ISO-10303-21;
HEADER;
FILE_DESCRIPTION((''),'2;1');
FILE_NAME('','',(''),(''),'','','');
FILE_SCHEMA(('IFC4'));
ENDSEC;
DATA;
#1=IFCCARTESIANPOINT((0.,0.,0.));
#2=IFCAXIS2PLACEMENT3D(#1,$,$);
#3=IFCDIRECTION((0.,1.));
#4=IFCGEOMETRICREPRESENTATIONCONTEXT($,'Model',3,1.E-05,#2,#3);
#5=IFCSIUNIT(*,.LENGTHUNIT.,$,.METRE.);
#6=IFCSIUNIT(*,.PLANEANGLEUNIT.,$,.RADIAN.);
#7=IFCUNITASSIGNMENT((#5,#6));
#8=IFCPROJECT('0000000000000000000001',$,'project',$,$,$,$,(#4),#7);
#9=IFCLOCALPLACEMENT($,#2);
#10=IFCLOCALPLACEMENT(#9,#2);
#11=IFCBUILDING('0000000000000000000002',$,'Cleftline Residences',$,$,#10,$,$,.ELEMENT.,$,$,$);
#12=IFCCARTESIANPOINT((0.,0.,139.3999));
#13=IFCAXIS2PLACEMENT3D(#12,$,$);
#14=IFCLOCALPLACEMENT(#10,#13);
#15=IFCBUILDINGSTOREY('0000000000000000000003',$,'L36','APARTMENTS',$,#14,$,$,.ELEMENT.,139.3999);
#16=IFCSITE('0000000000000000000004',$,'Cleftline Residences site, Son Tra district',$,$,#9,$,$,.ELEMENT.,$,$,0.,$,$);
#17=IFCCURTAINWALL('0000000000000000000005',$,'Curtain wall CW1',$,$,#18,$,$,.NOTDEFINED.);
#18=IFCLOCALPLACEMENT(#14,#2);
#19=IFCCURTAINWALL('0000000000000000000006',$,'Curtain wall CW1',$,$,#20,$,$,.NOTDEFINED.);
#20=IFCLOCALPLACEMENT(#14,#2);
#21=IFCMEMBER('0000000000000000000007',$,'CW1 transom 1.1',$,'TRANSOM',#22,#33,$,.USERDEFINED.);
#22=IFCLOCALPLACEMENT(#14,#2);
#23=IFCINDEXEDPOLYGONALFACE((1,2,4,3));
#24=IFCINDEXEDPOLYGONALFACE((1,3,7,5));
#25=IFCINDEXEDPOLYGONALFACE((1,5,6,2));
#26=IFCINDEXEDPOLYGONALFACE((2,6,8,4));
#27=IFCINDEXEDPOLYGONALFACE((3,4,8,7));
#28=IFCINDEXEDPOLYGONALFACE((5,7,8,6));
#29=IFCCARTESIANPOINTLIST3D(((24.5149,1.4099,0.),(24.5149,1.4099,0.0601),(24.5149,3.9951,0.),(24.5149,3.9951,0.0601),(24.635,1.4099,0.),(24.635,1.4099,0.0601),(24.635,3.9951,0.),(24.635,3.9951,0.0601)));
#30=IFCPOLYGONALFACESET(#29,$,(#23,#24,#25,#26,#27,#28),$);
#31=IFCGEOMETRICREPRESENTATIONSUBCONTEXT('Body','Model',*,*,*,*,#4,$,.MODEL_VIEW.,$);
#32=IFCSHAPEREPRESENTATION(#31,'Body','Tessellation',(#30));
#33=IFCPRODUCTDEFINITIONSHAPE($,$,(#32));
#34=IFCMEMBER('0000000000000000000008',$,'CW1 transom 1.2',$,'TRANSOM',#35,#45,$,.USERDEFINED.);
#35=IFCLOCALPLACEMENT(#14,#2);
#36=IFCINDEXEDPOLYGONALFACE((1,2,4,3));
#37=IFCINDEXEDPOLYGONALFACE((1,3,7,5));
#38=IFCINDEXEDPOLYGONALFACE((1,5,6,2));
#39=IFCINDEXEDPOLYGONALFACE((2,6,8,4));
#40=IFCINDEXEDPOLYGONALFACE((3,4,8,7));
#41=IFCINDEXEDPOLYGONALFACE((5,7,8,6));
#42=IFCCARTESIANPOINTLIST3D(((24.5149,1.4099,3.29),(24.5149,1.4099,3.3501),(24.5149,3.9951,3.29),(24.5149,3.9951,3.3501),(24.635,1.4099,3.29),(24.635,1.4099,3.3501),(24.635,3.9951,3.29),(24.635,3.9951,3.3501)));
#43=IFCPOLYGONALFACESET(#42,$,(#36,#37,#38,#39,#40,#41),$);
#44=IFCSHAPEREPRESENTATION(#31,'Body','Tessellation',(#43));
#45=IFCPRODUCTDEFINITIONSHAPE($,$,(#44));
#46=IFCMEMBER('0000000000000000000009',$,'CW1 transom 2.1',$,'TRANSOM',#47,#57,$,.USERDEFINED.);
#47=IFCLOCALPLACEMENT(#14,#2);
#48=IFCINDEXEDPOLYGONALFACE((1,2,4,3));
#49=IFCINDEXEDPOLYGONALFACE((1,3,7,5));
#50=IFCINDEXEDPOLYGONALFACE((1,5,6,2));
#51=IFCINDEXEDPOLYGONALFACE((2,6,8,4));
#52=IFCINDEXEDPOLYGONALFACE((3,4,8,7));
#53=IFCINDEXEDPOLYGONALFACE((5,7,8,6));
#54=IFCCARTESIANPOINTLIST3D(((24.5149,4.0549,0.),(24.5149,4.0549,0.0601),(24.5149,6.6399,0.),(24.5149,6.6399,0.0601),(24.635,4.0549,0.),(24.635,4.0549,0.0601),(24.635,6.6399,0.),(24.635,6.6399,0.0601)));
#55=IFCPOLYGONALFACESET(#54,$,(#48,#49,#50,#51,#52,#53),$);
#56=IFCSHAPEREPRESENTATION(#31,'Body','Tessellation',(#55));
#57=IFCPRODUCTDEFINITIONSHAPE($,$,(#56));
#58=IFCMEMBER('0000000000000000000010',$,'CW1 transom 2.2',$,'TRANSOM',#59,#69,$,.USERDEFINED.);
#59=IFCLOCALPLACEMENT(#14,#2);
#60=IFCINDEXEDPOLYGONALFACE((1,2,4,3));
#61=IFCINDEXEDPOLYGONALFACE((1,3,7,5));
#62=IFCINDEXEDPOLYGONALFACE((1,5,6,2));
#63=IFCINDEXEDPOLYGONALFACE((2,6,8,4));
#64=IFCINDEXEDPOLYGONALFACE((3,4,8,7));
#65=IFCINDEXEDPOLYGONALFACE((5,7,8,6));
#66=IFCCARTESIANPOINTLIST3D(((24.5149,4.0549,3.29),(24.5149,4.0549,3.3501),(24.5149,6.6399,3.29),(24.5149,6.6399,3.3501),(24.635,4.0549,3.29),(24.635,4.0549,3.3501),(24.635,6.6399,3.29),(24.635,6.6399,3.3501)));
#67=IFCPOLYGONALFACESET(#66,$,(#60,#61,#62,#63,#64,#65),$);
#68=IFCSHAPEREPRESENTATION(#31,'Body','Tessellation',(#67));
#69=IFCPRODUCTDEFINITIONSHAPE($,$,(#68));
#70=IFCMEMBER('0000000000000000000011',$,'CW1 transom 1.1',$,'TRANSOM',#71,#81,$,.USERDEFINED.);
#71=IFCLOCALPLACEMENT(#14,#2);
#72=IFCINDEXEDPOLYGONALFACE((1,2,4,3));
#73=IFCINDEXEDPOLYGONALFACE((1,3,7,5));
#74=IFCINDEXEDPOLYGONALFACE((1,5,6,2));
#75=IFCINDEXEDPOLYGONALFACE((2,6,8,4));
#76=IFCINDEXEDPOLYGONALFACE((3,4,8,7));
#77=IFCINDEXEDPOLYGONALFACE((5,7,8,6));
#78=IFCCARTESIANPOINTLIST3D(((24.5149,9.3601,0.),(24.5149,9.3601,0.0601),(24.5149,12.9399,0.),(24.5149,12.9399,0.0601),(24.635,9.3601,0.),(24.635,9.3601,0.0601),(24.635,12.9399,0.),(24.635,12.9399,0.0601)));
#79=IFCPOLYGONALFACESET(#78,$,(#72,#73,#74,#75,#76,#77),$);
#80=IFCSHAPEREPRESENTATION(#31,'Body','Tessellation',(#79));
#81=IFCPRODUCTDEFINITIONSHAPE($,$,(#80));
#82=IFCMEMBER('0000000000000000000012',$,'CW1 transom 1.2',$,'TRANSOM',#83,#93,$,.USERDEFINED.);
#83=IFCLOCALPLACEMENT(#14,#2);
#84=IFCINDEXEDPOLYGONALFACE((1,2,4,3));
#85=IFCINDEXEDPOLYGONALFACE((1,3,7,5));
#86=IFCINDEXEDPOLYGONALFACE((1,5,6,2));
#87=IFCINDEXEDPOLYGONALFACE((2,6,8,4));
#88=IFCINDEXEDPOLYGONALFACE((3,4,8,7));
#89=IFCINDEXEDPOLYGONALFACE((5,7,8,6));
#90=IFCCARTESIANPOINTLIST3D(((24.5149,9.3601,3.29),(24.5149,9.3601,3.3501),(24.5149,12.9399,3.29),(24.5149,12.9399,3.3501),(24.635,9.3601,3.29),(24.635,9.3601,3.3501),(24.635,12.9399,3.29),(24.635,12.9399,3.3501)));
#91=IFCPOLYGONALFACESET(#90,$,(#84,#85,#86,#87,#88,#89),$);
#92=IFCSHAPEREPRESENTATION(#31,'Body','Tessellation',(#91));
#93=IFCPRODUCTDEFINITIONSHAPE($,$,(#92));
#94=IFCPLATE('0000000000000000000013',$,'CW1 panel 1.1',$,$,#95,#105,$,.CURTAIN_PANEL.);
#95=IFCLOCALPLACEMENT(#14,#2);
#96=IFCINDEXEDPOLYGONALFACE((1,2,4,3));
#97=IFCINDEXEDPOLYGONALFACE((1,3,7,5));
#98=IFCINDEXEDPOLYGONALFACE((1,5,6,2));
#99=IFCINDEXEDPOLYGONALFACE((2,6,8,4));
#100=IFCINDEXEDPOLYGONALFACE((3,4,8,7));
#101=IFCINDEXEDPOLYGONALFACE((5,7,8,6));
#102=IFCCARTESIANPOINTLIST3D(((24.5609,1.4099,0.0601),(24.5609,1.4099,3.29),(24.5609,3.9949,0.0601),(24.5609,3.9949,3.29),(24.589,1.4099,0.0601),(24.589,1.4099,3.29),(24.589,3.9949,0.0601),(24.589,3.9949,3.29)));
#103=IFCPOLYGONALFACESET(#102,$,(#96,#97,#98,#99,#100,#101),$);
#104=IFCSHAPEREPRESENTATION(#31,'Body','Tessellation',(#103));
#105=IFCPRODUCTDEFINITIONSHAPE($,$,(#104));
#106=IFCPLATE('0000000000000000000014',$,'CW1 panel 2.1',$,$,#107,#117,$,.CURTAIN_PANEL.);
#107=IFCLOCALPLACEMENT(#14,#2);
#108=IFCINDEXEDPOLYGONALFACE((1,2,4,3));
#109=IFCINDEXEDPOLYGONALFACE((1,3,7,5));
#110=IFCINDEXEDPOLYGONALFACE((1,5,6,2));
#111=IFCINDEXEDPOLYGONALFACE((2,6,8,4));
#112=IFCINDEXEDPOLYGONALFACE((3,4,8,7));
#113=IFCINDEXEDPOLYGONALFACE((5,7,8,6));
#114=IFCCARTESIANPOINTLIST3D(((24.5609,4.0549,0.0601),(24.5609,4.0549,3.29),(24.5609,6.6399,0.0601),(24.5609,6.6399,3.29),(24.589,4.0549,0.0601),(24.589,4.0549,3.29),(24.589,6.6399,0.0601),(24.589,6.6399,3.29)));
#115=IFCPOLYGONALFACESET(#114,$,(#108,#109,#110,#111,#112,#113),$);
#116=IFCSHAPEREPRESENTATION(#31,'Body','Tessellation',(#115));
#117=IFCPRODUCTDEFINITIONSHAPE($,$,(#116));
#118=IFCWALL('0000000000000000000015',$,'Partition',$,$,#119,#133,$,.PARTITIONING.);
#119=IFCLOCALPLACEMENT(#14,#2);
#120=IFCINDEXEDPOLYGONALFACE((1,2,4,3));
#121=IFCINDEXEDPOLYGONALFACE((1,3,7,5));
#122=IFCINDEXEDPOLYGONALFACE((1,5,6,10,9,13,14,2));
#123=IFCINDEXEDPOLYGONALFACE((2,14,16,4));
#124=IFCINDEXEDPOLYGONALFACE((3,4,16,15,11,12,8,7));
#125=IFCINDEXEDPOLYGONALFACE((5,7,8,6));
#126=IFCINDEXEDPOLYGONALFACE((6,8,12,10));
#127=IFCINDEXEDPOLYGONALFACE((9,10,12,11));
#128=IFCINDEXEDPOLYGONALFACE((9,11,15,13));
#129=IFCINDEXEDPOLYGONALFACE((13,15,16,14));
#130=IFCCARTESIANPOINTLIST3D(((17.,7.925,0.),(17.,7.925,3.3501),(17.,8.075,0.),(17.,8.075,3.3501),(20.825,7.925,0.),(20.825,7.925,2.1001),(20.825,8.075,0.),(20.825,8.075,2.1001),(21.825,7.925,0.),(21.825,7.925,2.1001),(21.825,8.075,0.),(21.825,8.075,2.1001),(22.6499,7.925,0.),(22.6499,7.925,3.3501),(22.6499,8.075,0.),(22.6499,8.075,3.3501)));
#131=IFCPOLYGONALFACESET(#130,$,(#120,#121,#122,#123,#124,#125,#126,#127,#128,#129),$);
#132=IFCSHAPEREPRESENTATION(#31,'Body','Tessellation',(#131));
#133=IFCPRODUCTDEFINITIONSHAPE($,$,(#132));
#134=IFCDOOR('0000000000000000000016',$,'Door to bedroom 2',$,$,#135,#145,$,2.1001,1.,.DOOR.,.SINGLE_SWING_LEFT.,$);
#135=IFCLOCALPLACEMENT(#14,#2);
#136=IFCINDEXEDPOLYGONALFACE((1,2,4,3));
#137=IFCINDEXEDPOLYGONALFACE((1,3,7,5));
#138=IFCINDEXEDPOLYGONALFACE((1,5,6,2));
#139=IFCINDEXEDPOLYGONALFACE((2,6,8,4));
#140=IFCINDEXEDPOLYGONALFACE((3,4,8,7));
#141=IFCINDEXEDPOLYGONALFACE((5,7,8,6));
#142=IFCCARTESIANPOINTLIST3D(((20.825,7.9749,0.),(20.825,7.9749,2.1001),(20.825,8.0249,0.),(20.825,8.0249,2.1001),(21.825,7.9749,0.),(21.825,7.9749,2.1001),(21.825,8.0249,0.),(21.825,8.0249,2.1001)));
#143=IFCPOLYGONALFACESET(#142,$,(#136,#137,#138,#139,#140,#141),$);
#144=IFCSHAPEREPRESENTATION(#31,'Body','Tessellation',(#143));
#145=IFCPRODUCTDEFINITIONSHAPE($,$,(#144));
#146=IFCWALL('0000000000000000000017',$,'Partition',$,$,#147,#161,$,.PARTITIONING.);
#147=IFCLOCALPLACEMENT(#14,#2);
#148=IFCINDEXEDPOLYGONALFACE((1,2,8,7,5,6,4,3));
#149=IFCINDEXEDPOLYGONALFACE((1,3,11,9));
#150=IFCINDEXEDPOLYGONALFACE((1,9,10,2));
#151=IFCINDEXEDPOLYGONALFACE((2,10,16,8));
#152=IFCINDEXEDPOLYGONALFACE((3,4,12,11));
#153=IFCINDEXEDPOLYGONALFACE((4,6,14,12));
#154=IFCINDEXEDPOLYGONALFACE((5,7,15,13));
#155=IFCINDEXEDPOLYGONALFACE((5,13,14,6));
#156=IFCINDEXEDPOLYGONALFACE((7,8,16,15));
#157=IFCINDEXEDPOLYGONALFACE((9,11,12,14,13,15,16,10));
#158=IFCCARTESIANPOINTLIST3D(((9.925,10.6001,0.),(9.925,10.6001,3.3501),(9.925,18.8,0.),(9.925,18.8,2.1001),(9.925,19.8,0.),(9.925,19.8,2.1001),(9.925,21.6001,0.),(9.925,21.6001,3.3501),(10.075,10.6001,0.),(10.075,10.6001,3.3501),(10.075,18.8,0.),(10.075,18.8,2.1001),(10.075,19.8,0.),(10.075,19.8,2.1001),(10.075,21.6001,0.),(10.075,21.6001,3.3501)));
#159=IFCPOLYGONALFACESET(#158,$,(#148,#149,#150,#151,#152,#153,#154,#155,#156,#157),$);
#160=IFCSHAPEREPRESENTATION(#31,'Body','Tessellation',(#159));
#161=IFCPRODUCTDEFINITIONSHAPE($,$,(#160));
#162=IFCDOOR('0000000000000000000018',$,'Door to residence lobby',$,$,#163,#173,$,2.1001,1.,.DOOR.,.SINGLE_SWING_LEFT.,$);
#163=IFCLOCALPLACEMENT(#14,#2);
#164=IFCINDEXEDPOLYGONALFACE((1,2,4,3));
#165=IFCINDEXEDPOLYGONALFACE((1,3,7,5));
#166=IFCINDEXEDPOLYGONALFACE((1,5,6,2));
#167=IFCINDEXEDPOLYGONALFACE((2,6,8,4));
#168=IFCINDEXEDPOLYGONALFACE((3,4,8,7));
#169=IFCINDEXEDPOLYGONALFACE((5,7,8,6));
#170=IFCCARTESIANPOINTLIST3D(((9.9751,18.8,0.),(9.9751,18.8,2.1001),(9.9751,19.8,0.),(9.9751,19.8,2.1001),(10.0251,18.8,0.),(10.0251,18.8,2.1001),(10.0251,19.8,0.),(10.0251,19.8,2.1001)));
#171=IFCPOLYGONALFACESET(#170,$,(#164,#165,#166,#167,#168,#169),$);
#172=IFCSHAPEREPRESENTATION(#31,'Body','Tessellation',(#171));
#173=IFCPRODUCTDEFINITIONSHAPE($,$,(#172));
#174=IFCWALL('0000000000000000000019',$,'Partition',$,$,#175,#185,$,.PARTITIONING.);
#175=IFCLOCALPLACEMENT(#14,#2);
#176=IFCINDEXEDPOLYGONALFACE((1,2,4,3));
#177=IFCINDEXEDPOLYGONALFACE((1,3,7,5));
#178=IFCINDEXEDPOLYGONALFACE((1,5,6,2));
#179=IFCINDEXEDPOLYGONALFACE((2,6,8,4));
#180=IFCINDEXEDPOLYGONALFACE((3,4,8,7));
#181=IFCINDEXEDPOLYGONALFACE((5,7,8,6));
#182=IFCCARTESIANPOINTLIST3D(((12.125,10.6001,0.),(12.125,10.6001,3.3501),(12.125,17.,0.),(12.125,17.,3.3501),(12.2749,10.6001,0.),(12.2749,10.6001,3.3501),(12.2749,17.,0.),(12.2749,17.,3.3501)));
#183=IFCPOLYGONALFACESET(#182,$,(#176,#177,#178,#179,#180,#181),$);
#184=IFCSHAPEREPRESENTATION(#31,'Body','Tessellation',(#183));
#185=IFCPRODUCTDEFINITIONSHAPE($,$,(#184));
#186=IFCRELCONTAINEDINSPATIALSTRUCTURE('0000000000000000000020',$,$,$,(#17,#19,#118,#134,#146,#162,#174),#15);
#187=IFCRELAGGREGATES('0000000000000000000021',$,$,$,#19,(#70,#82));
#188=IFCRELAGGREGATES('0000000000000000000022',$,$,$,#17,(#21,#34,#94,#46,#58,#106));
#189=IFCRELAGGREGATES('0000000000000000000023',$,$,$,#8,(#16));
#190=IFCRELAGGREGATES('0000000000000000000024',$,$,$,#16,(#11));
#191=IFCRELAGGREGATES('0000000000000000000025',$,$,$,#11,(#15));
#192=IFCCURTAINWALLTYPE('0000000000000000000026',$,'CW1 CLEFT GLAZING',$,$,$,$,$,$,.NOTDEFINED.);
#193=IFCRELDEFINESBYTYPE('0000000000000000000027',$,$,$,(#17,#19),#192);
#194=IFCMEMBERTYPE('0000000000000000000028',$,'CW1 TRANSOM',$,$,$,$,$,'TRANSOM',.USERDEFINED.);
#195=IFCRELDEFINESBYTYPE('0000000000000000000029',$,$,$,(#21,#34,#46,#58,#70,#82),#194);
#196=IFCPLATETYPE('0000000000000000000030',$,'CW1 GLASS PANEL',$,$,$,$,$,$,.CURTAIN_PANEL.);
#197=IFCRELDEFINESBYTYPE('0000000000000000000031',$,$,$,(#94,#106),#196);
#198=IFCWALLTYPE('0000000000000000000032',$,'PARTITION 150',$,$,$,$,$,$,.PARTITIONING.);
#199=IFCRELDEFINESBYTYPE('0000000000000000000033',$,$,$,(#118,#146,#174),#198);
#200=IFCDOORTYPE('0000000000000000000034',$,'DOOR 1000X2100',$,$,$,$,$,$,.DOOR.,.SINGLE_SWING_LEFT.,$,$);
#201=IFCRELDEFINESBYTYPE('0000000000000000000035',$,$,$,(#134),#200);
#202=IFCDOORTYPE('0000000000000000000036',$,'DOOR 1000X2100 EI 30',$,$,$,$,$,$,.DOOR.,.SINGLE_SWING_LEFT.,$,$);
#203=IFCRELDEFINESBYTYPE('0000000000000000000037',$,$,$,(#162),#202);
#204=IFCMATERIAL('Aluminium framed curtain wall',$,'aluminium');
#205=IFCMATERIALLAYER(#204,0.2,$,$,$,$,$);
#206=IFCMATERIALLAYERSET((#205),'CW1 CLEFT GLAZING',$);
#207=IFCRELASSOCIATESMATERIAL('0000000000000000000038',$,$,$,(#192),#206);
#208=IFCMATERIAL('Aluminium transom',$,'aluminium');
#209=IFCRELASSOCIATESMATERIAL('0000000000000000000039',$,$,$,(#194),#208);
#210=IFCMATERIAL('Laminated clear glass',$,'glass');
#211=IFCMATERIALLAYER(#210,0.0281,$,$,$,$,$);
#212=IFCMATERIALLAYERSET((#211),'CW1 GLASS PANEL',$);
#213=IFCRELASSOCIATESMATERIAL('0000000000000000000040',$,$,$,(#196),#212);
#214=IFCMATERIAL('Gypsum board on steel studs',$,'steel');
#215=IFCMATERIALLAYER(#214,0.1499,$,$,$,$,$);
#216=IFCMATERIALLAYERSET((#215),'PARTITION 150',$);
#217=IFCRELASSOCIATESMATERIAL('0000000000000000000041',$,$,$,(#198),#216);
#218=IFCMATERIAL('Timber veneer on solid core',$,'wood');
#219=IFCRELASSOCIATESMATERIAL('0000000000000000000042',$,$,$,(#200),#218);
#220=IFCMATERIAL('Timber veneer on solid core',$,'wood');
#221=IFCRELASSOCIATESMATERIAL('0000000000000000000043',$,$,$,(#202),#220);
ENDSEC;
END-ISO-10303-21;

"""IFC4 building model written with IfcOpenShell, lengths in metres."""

from ifc_helpers import new_model, si_unit, direction, frame, frame_2d, origin, origin_2d, place, context, subcontext, project, spatial, rectangle, extrude, material, layer, layer_set, material_profile, profile_set, type_object, element, fill, aggregate, save


model = new_model("IFC4")

# Units and contexts
model_context = context("Model", 3, precision=1e-05, world=origin(), true_north=direction((0.0, 1.0)))
body_context = subcontext(model_context, "Body", "Model", "MODEL_VIEW")
ifc_project = project(units=[si_unit("LENGTHUNIT", "METRE"), si_unit("PLANEANGLEUNIT", "RADIAN")], contexts=[model_context])

# Site, building, storey
site_placement = place(None, origin())
site = spatial("IfcSite", under=ifc_project, at=site_placement, Name="Cleftline Residences site, Son Tra district", CompositionType="ELEMENT", RefElevation=0.0)
building_placement = place(site_placement, origin())
building = spatial("IfcBuilding", under=site, at=building_placement, Name="Cleftline Residences", CompositionType="ELEMENT")
storey_placement = place(building_placement, frame((0.0, 0.0, 139.3999)))
storey = spatial("IfcBuildingStorey", under=building, at=storey_placement, Name="L36", Description="APARTMENTS", CompositionType="ELEMENT", Elevation=139.3999)

# Curtain wall
ifc_material_1 = material(Name="Aluminium framed curtain wall", Category="aluminium")
ifc_layer_1 = layer(ifc_material_1, 0.2)
ifc_layer_set_1 = layer_set([ifc_layer_1], Name="CW1 CLEFT GLAZING")
curtain_wall_type = type_object("IfcCurtainWallType", Name="CW1 CLEFT GLAZING", PredefinedType="NOTDEFINED", material=ifc_layer_set_1)
curtain_wall_1_placement = place(storey_placement, origin())
curtain_wall_1 = element("IfcCurtainWall", 1, at=curtain_wall_1_placement, inside=storey, type_object=curtain_wall_type, Name="Curtain wall CW1", PredefinedType="NOTDEFINED")

# Curtain wall
curtain_wall_2_placement = place(storey_placement, origin())
curtain_wall_2 = element("IfcCurtainWall", 2, at=curtain_wall_2_placement, inside=storey, type_object=curtain_wall_type, Name="Curtain wall CW1", PredefinedType="NOTDEFINED")

# Members
ifc_material_2 = material(Name="Aluminium transom", Category="aluminium")
ifc_material_profile_1 = material_profile(ifc_material_2, rectangle(XDim=0.1201, YDim=0.0601, at=origin_2d()))
ifc_profile_set_1 = profile_set([ifc_material_profile_1], Name="Aluminium transom")
member_type_1 = type_object("IfcMemberType", Name="CW1 TRANSOM", ElementType="TRANSOM", PredefinedType="USERDEFINED", material=ifc_profile_set_1)
member_1_placement = place(storey_placement, frame((24.575, 1.4099, 0.03), z_axis=(0.0, 1.0, 0.0), x_axis=(-1.0, 0.0, 0.0)))
member_1 = element("IfcMember", 3, at=member_1_placement, type_object=member_type_1, Name="CW1 transom 1.1", ObjectType="TRANSOM", PredefinedType="USERDEFINED", context=body_context, shape_type="SweptSolid", body=[
    extrude(rectangle(XDim=0.1201, YDim=0.0601, at=origin_2d()), origin(), (0.0, 0.0, 1.0), 2.5852),
])
member_2_placement = place(storey_placement, frame((24.575, 1.4099, 3.3201), z_axis=(0.0, 1.0, 0.0), x_axis=(-1.0, 0.0, 0.0)))
member_2 = element("IfcMember", 4, at=member_2_placement, type_object=member_type_1, Name="CW1 transom 1.2", ObjectType="TRANSOM", PredefinedType="USERDEFINED", context=body_context, shape_type="SweptSolid", body=[
    extrude(rectangle(XDim=0.1201, YDim=0.0601, at=origin_2d()), origin(), (0.0, 0.0, 1.0), 2.5852),
])
member_3_placement = place(storey_placement, frame((24.575, 4.0549, 0.03), z_axis=(0.0, 1.0, 0.0), x_axis=(-1.0, 0.0, 0.0)))
member_3 = element("IfcMember", 5, at=member_3_placement, type_object=member_type_1, Name="CW1 transom 2.1", ObjectType="TRANSOM", PredefinedType="USERDEFINED", context=body_context, shape_type="SweptSolid", body=[
    extrude(rectangle(XDim=0.1201, YDim=0.0601, at=origin_2d()), origin(), (0.0, 0.0, 1.0), 2.585),
])
member_4_placement = place(storey_placement, frame((24.575, 4.0549, 3.3201), z_axis=(0.0, 1.0, 0.0), x_axis=(-1.0, 0.0, 0.0)))
member_4 = element("IfcMember", 6, at=member_4_placement, type_object=member_type_1, Name="CW1 transom 2.2", ObjectType="TRANSOM", PredefinedType="USERDEFINED", context=body_context, shape_type="SweptSolid", body=[
    extrude(rectangle(XDim=0.1201, YDim=0.0601, at=origin_2d()), origin(), (0.0, 0.0, 1.0), 2.585),
])
member_5_placement = place(storey_placement, frame((24.575, 9.3601, 0.03), z_axis=(0.0, 1.0, 0.0), x_axis=(-1.0, 0.0, 0.0)))
member_5 = element("IfcMember", 7, at=member_5_placement, type_object=member_type_1, Name="CW1 transom 1.1", ObjectType="TRANSOM", PredefinedType="USERDEFINED", context=body_context, shape_type="SweptSolid", body=[
    extrude(rectangle(XDim=0.1201, YDim=0.0601, at=origin_2d()), origin(), (0.0, 0.0, 1.0), 3.5798),
])
member_6_placement = place(storey_placement, frame((24.575, 9.3601, 3.3201), z_axis=(0.0, 1.0, 0.0), x_axis=(-1.0, 0.0, 0.0)))
member_6 = element("IfcMember", 8, at=member_6_placement, type_object=member_type_1, Name="CW1 transom 1.2", ObjectType="TRANSOM", PredefinedType="USERDEFINED", context=body_context, shape_type="SweptSolid", body=[
    extrude(rectangle(XDim=0.1201, YDim=0.0601, at=origin_2d()), origin(), (0.0, 0.0, 1.0), 3.5798),
])
aggregate(curtain_wall_2, [member_5, member_6])

# Plates
ifc_material_3 = material(Name="Laminated clear glass", Category="glass")
ifc_layer_2 = layer(ifc_material_3, 0.0281)
ifc_layer_set_2 = layer_set([ifc_layer_2], Name="CW1 GLASS PANEL")
plate_type = type_object("IfcPlateType", Name="CW1 GLASS PANEL", PredefinedType="CURTAIN_PANEL", material=ifc_layer_set_2)
plate_1_placement = place(storey_placement, frame((24.575, 2.7024, 0.0601), z_axis=(0.0, 0.0, 1.0), x_axis=(0.0, 1.0, 0.0)))
plate_1 = element("IfcPlate", 9, at=plate_1_placement, type_object=plate_type, Name="CW1 panel 1.1", PredefinedType="CURTAIN_PANEL", context=body_context, shape_type="SweptSolid", body=[
    extrude(rectangle(XDim=2.585, YDim=0.0281, at=origin_2d()), origin(), (0.0, 0.0, 1.0), 3.23),
])
plate_2_placement = place(storey_placement, frame((24.575, 5.3474, 0.0601), z_axis=(0.0, 0.0, 1.0), x_axis=(0.0, 1.0, 0.0)))
plate_2 = element("IfcPlate", 10, at=plate_2_placement, type_object=plate_type, Name="CW1 panel 2.1", PredefinedType="CURTAIN_PANEL", context=body_context, shape_type="SweptSolid", body=[
    extrude(rectangle(XDim=2.585, YDim=0.0281, at=origin_2d()), origin(), (0.0, 0.0, 1.0), 3.23),
])
aggregate(curtain_wall_1, [member_1, member_2, plate_1, member_3, member_4, plate_2])

# Walls, openings, doors
ifc_material_4 = material(Name="Gypsum board on steel studs", Category="steel")
ifc_layer_3 = layer(ifc_material_4, 0.1499)
ifc_layer_set_3 = layer_set([ifc_layer_3], Name="PARTITION 150")
wall_type = type_object("IfcWallType", Name="PARTITION 150", PredefinedType="PARTITIONING", material=ifc_layer_set_3)
wall_1_placement = place(storey_placement, frame((17.0, 8.0, 0.0), z_axis=(0.0, 0.0, 1.0), x_axis=(1.0, 0.0, 0.0)))
wall_1 = element("IfcWall", 11, at=wall_1_placement, inside=storey, type_object=wall_type, Name="Partition", PredefinedType="PARTITIONING", context=body_context, shape_type="SweptSolid", body=[
    extrude(rectangle(XDim=5.6499, YDim=0.1499, at=frame_2d((2.825, 0.0))), origin(), (0.0, 0.0, 1.0), 3.3501),
])
opening_1_placement = place(wall_1_placement, frame((3.825, 0.0, 0.0)))
opening_1 = element("IfcOpeningElement", 12, at=opening_1_placement, cuts=wall_1, PredefinedType="OPENING", context=body_context, shape_type="SweptSolid", body=[
    extrude(rectangle(XDim=1.0, YDim=2.1001, at=frame_2d((0.5, 1.05))), frame((0.0, 0.085, 0.0), z_axis=(0.0, -1.0, 0.0), x_axis=(1.0, 0.0, 0.0)), (0.0, 0.0, 1.0), 0.1699),
])
ifc_material_5 = material(Name="Timber veneer on solid core", Category="wood")
door_type_1 = type_object("IfcDoorType", Name="DOOR 1000X2100", OperationType="SINGLE_SWING_LEFT", PredefinedType="DOOR", material=ifc_material_5)
door_1_placement = place(opening_1_placement, origin())
door_1 = element("IfcDoor", 13, at=door_1_placement, inside=storey, type_object=door_type_1, Name="Door to bedroom 2", OperationType="SINGLE_SWING_LEFT", OverallHeight=2.1001, OverallWidth=1.0, PredefinedType="DOOR", context=body_context, shape_type="SweptSolid", body=[
    extrude(rectangle(XDim=1.0, YDim=2.1001, at=frame_2d((0.5, 1.05))), frame((0.0, 0.0249, 0.0), z_axis=(0.0, -1.0, 0.0), x_axis=(1.0, 0.0, 0.0)), (0.0, 0.0, 1.0), 0.05),
])
fill(opening_1, door_1)
wall_2_placement = place(storey_placement, frame((10.0, 10.6001, 0.0), z_axis=(0.0, 0.0, 1.0), x_axis=(0.0, 1.0, 0.0)))
wall_2 = element("IfcWall", 14, at=wall_2_placement, inside=storey, type_object=wall_type, Name="Partition", PredefinedType="PARTITIONING", context=body_context, shape_type="SweptSolid", body=[
    extrude(rectangle(XDim=11.0, YDim=0.1499, at=frame_2d((5.5, 0.0))), origin(), (0.0, 0.0, 1.0), 3.3501),
])
opening_2_placement = place(wall_2_placement, frame((8.2, 0.0, 0.0)))
opening_2 = element("IfcOpeningElement", 15, at=opening_2_placement, cuts=wall_2, PredefinedType="OPENING", context=body_context, shape_type="SweptSolid", body=[
    extrude(rectangle(XDim=1.0, YDim=2.1001, at=frame_2d((0.5, 1.05))), frame((0.0, 0.085, 0.0), z_axis=(0.0, -1.0, 0.0), x_axis=(1.0, 0.0, 0.0)), (0.0, 0.0, 1.0), 0.1699),
])
ifc_material_6 = material(Name="Timber veneer on solid core", Category="wood")
door_type_2 = type_object("IfcDoorType", Name="DOOR 1000X2100 EI 30", OperationType="SINGLE_SWING_LEFT", PredefinedType="DOOR", material=ifc_material_6)
door_2_placement = place(opening_2_placement, origin())
door_2 = element("IfcDoor", 16, at=door_2_placement, inside=storey, type_object=door_type_2, Name="Door to residence lobby", OperationType="SINGLE_SWING_LEFT", OverallHeight=2.1001, OverallWidth=1.0, PredefinedType="DOOR", context=body_context, shape_type="SweptSolid", body=[
    extrude(rectangle(XDim=1.0, YDim=2.1001, at=frame_2d((0.5, 1.05))), frame((0.0, 0.0249, 0.0), z_axis=(0.0, -1.0, 0.0), x_axis=(1.0, 0.0, 0.0)), (0.0, 0.0, 1.0), 0.05),
])
fill(opening_2, door_2)

# Wall
wall_3_placement = place(storey_placement, frame((12.2, 10.6001, 0.0), z_axis=(0.0, 0.0, 1.0), x_axis=(0.0, 1.0, 0.0)))
element("IfcWall", 17, at=wall_3_placement, inside=storey, type_object=wall_type, Name="Partition", PredefinedType="PARTITIONING", context=body_context, shape_type="SweptSolid", body=[
    extrude(rectangle(XDim=6.3999, YDim=0.1499, at=frame_2d((3.2, 0.0))), origin(), (0.0, 0.0, 1.0), 3.3501),
])

save(model, "model.ifc")
